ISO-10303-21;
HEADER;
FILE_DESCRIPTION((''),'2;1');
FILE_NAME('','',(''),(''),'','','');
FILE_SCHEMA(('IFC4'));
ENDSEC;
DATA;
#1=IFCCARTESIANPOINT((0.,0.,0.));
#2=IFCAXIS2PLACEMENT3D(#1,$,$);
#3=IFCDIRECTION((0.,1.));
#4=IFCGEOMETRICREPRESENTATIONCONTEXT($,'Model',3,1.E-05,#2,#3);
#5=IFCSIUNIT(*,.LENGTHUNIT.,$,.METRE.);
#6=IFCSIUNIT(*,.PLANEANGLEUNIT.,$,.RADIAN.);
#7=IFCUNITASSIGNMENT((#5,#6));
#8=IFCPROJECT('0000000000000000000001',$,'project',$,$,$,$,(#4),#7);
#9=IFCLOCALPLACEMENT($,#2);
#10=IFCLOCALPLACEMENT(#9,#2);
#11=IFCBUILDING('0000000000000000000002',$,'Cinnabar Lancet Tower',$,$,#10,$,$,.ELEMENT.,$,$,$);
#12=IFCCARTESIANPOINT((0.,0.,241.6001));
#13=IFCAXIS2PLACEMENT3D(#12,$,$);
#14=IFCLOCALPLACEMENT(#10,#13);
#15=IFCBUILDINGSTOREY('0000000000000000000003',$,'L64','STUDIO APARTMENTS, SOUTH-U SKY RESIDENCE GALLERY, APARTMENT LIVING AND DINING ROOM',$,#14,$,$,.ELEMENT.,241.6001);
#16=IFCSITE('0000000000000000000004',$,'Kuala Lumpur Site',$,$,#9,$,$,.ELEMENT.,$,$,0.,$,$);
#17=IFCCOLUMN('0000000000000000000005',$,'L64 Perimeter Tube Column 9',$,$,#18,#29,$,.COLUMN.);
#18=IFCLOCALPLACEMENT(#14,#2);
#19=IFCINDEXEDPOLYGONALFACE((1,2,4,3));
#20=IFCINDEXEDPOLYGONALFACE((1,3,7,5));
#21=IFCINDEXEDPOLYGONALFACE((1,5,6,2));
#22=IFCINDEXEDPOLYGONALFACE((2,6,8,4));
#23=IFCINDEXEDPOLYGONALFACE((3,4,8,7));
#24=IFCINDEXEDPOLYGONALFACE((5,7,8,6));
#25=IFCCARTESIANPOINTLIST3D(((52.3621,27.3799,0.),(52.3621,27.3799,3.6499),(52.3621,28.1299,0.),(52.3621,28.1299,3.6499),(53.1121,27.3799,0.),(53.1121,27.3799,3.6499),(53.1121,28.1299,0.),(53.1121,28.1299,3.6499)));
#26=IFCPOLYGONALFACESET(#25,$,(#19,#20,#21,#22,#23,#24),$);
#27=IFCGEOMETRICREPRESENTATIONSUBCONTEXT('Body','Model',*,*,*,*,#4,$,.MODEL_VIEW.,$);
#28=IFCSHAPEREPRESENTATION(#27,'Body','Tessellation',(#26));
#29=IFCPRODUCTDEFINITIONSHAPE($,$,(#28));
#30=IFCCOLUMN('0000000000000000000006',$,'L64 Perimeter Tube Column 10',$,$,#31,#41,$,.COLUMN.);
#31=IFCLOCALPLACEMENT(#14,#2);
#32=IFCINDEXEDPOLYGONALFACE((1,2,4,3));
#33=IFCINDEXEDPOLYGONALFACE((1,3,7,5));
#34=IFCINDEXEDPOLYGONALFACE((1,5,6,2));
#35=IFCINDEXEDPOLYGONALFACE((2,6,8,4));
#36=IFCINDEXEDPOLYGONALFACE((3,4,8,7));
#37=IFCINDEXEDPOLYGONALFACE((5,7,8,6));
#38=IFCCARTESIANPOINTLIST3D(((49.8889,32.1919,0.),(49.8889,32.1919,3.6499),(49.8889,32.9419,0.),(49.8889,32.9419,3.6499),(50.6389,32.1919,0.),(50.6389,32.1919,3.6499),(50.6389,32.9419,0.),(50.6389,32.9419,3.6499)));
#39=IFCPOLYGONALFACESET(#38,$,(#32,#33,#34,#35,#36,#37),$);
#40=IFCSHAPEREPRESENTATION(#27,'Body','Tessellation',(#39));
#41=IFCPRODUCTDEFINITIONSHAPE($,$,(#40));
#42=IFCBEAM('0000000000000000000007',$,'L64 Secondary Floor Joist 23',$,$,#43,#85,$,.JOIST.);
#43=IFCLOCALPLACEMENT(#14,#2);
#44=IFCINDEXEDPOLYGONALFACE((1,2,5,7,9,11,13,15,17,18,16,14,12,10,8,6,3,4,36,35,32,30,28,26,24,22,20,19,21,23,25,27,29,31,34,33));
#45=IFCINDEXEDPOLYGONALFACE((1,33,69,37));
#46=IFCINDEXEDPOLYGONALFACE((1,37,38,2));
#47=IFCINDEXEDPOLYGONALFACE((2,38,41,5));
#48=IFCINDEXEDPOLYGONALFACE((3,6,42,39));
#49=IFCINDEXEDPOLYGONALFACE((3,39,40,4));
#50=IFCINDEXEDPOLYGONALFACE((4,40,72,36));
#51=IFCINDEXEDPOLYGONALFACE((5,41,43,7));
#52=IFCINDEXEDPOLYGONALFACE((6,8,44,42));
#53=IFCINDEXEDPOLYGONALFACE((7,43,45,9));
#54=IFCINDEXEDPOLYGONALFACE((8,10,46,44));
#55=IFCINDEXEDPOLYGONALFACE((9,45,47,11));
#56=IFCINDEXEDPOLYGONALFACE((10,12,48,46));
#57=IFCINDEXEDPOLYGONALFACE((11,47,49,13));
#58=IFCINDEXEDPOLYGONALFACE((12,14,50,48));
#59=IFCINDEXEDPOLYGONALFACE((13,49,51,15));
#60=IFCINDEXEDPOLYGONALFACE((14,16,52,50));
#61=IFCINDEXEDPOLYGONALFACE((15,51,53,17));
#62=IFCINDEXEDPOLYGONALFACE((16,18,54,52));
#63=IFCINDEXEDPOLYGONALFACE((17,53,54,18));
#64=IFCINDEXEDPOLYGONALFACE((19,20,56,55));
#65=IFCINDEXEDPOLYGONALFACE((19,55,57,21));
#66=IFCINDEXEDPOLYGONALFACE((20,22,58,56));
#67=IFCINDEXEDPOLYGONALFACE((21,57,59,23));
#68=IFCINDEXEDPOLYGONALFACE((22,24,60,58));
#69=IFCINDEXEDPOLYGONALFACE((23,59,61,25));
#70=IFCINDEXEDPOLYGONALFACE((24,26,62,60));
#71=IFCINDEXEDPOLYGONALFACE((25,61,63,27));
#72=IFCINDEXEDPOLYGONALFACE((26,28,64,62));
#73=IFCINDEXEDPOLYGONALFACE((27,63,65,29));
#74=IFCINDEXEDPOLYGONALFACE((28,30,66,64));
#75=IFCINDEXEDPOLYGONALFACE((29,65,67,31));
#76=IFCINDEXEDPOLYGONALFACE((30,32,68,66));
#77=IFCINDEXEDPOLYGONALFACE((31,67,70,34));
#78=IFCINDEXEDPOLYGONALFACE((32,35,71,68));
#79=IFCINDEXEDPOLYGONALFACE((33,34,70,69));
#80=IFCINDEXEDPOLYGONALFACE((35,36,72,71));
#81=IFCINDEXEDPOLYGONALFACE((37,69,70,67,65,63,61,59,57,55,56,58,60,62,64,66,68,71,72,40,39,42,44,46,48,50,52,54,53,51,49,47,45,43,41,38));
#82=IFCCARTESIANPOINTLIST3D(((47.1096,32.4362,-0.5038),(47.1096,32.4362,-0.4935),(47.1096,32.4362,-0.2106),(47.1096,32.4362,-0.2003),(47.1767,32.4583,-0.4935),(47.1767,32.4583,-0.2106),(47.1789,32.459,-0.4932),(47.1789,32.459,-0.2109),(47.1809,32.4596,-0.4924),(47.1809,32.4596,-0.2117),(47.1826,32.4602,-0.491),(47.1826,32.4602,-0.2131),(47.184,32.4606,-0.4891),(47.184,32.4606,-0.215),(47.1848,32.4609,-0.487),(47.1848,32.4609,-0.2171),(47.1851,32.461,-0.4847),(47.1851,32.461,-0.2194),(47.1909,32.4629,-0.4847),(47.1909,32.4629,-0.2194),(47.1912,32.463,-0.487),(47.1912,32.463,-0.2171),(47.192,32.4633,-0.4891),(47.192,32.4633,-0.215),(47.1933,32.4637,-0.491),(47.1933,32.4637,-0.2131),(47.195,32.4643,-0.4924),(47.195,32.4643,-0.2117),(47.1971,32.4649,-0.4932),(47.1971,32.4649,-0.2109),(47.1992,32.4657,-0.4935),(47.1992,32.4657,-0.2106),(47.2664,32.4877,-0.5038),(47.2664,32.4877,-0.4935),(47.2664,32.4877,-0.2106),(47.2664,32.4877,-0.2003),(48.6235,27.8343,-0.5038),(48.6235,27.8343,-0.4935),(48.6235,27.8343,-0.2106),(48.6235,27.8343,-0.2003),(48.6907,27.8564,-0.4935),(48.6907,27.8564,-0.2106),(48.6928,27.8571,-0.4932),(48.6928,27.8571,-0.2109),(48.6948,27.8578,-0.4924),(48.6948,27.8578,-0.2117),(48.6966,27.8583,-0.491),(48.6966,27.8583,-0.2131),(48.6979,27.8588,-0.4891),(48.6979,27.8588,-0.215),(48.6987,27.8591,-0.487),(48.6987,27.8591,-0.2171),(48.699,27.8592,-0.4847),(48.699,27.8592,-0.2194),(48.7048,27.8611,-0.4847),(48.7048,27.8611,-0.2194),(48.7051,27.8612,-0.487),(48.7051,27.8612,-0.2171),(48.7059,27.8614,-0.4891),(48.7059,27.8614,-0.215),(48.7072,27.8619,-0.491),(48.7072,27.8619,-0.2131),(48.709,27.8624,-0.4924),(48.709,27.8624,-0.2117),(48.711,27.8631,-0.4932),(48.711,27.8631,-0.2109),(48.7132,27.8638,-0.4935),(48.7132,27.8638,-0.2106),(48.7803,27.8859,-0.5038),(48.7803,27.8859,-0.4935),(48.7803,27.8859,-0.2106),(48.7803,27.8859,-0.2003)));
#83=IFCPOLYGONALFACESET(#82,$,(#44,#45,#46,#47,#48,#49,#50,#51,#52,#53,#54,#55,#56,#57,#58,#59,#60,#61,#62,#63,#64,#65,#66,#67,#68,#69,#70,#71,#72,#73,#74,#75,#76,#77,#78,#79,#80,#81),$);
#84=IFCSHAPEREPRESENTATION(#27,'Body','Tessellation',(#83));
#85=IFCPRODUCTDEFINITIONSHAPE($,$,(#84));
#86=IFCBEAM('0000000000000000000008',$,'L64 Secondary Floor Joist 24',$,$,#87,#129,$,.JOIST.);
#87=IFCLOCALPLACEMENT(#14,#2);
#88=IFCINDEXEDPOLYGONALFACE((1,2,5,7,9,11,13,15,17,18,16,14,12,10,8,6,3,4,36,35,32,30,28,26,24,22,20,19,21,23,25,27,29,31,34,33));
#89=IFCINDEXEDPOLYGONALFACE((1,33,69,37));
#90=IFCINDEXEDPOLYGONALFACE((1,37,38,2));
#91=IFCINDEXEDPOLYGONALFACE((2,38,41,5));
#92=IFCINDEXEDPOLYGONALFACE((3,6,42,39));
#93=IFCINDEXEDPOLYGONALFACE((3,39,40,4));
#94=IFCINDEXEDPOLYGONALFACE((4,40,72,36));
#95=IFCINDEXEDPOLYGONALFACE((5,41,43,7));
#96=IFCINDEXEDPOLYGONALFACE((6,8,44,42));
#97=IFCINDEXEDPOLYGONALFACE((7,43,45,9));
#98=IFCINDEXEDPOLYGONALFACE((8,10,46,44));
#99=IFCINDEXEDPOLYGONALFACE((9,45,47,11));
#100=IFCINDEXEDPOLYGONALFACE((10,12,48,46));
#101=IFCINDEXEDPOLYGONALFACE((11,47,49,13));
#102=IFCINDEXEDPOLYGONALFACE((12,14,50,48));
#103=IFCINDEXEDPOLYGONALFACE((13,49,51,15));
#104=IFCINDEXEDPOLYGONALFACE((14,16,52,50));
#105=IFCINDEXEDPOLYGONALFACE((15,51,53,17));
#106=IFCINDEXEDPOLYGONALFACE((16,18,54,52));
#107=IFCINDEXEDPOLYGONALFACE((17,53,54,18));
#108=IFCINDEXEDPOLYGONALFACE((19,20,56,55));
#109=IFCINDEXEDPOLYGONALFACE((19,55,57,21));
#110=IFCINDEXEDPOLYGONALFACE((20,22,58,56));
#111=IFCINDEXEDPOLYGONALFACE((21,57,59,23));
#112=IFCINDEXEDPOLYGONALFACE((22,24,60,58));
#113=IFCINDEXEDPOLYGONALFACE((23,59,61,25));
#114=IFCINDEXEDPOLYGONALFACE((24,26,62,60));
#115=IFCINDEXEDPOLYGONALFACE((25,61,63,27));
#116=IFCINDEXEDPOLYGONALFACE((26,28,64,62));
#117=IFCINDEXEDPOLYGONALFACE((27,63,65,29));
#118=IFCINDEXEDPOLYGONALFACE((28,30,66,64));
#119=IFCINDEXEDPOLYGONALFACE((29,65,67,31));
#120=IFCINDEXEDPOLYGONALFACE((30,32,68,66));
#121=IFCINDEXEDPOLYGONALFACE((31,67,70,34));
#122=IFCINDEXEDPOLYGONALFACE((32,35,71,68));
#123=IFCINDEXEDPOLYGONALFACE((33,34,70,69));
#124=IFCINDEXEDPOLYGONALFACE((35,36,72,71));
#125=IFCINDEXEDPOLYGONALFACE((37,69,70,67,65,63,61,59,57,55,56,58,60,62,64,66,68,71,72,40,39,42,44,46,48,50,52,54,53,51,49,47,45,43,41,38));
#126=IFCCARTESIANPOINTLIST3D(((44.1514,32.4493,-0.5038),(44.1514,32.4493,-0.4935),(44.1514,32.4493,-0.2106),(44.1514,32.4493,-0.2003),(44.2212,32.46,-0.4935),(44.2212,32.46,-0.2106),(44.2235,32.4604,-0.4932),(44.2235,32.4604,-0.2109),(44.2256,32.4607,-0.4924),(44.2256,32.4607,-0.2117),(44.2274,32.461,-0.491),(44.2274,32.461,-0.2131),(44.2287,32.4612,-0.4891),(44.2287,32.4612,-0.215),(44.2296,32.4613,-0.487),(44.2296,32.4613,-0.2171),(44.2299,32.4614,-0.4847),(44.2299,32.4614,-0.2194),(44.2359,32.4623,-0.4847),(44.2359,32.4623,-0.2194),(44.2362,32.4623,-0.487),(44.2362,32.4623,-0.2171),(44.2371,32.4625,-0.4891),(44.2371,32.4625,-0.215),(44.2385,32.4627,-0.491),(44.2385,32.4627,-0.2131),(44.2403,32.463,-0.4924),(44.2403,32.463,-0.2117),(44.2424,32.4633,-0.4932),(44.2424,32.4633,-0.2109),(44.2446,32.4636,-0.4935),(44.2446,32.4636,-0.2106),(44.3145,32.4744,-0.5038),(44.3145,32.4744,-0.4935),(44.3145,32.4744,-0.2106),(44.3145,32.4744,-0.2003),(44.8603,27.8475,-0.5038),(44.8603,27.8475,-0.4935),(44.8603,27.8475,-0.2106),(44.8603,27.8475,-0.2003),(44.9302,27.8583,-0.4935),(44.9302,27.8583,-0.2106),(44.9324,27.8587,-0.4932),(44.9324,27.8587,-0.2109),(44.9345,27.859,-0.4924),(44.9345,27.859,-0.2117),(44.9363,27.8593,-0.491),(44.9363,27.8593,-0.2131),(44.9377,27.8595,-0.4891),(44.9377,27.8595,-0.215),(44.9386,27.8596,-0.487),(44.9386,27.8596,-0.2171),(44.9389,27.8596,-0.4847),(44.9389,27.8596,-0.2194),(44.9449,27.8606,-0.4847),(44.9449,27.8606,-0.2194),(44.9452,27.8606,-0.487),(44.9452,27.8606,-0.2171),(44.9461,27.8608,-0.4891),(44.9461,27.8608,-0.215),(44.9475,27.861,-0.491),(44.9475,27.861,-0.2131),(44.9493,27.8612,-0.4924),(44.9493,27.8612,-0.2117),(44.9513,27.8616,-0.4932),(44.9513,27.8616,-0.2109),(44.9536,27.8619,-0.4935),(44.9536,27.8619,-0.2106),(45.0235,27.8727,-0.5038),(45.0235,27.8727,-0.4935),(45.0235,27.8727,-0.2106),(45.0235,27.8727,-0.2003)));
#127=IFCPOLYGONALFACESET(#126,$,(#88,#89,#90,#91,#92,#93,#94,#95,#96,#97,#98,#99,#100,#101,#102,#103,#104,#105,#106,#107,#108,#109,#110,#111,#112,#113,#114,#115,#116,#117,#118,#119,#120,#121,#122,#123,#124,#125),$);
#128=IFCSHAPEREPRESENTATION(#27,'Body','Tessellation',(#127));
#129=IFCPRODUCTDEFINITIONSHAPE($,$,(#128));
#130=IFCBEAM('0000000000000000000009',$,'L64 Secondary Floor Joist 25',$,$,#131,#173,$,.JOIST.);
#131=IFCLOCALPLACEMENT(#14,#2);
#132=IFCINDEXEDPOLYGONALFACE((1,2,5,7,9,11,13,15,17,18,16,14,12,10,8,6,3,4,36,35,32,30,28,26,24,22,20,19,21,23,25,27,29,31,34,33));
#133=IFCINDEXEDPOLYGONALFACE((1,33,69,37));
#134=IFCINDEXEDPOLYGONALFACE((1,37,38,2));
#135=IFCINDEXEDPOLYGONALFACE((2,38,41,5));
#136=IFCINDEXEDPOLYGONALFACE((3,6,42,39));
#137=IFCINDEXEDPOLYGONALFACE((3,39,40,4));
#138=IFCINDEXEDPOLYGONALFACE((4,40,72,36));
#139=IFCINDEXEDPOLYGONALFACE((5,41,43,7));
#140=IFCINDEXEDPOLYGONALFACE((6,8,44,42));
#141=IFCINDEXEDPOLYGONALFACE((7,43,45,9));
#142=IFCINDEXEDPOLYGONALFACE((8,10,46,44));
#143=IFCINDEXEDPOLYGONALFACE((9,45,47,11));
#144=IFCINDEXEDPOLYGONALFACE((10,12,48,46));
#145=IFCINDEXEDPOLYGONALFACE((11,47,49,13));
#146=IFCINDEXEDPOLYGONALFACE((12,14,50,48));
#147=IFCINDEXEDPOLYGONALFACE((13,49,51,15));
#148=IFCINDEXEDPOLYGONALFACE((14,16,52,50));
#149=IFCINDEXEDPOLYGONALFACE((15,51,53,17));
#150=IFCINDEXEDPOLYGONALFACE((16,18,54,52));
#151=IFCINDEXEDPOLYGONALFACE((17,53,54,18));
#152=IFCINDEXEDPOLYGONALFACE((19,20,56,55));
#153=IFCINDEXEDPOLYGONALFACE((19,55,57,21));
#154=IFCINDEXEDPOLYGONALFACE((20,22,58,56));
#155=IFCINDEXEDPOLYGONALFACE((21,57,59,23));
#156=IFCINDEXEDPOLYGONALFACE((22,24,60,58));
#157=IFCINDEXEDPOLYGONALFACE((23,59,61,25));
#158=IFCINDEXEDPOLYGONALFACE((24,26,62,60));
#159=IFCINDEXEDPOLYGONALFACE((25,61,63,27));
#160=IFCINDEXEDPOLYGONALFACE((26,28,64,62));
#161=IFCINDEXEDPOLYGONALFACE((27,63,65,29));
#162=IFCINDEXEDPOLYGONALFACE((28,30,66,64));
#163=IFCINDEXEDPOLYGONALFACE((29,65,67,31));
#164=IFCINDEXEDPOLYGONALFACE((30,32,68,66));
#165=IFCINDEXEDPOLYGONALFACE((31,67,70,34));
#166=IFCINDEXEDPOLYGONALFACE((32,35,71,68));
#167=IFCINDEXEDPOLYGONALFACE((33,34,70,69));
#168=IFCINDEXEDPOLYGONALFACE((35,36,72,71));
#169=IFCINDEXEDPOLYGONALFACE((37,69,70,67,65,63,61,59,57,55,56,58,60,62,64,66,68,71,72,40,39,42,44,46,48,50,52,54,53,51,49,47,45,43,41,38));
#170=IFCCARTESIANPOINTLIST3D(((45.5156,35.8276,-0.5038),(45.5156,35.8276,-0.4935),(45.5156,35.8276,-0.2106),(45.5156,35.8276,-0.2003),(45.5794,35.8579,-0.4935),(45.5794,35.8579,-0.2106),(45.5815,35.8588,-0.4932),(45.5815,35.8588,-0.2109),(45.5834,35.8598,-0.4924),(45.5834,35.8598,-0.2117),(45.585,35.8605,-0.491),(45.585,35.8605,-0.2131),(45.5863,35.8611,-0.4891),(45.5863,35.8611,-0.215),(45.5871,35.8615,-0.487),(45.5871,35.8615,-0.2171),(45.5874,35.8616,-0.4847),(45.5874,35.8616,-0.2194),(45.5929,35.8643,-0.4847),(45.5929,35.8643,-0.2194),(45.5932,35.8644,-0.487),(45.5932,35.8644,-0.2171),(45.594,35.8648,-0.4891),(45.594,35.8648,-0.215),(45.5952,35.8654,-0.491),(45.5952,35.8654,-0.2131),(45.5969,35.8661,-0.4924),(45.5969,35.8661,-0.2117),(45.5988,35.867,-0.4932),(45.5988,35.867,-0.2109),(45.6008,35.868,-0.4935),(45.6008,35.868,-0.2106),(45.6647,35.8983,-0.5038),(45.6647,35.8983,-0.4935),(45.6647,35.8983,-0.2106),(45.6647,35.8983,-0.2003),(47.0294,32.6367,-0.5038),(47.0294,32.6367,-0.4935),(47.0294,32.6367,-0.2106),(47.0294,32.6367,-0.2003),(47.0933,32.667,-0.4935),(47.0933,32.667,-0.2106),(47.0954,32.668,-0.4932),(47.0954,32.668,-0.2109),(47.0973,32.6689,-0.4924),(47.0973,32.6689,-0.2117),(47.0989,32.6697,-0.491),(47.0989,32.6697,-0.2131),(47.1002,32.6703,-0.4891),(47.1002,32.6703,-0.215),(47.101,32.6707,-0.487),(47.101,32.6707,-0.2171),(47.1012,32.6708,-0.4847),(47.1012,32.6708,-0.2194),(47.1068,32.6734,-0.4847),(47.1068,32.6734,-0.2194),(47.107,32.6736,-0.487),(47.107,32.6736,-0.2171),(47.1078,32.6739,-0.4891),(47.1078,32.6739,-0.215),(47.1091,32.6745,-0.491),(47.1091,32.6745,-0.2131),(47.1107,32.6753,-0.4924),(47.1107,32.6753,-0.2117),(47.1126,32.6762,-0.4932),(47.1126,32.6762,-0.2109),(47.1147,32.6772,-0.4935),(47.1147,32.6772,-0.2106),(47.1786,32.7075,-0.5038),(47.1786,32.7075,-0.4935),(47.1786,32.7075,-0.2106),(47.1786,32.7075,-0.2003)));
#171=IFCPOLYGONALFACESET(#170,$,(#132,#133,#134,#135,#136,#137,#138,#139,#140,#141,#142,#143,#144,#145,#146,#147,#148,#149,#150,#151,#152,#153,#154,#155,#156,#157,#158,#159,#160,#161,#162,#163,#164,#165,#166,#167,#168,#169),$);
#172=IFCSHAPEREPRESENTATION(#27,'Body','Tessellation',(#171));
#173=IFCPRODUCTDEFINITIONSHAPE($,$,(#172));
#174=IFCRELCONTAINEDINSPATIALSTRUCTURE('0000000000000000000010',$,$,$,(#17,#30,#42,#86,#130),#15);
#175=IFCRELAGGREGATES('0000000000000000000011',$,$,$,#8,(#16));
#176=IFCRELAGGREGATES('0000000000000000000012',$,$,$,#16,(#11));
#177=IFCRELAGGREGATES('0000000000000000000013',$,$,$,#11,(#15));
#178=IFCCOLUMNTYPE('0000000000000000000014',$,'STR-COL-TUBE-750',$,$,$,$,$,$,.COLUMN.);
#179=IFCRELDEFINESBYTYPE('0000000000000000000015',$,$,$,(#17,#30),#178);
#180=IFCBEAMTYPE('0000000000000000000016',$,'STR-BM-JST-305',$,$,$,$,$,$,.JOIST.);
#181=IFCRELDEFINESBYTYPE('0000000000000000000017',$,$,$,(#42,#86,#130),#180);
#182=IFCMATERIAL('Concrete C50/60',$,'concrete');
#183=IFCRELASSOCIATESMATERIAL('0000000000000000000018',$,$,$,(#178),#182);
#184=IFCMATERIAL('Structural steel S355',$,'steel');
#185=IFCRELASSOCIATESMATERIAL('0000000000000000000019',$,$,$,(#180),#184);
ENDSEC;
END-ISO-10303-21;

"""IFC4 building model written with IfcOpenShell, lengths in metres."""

from ifc_helpers import new_model, si_unit, direction, frame, origin, origin_2d, place, context, subcontext, project, spatial, rectangle, i_section, extrude, material, material_profile, profile_set, type_object, element, save


model = new_model("IFC4")

# Units and contexts
model_context = context("Model", 3, precision=1e-05, world=origin(), true_north=direction((0.0, 1.0)))
body_context = subcontext(model_context, "Body", "Model", "MODEL_VIEW")
ifc_project = project(units=[si_unit("LENGTHUNIT", "METRE"), si_unit("PLANEANGLEUNIT", "RADIAN")], contexts=[model_context])

# Site, building, storey
site_placement = place(None, origin())
site = spatial("IfcSite", under=ifc_project, at=site_placement, Name="Kuala Lumpur Site", CompositionType="ELEMENT", RefElevation=0.0)
building_placement = place(site_placement, origin())
building = spatial("IfcBuilding", under=site, at=building_placement, Name="Cinnabar Lancet Tower", CompositionType="ELEMENT")
storey_placement = place(building_placement, frame((0.0, 0.0, 241.6001)))
storey = spatial("IfcBuildingStorey", under=building, at=storey_placement, Name="L64", Description="STUDIO APARTMENTS, SOUTH-U SKY RESIDENCE GALLERY, APARTMENT LIVING AND DINING ROOM", CompositionType="ELEMENT", Elevation=241.6001)

# Columns
ifc_material_1 = material(Name="Concrete C50/60", Category="concrete")
ifc_material_profile_1 = material_profile(ifc_material_1, rectangle(XDim=0.75, YDim=0.75, at=origin_2d()), Name="RC-COL 750x750")
ifc_profile_set_1 = profile_set([ifc_material_profile_1], Name="Concrete C50/60")
column_type = type_object("IfcColumnType", Name="STR-COL-TUBE-750", PredefinedType="COLUMN", material=ifc_profile_set_1)
for number, where, z_axis, x_axis, name in (
    (1, (52.7371, 27.7549, 0.0), (0.0, 0.0, 1.0), (1.0, 0.0, 0.0), "L64 Perimeter Tube Column 9"),
    (2, (50.2639, 32.5669, 0.0), (0.0, 0.0, 1.0), (1.0, 0.0, 0.0), "L64 Perimeter Tube Column 10"),
):
    element("IfcColumn", number, at=place(storey_placement, frame(where, z_axis=z_axis, x_axis=x_axis)), inside=storey, type_object=column_type, Name=name, PredefinedType="COLUMN", context=body_context, shape_type="SweptSolid", body=[
        extrude(rectangle(XDim=0.75, YDim=0.75, at=origin_2d()), origin(), (0.0, 0.0, 1.0), 3.6499),
    ])

# Beams
ifc_material_2 = material(Name="Structural steel S355", Category="steel")
ifc_material_profile_2 = material_profile(ifc_material_2, i_section(OverallWidth=0.165, OverallDepth=0.3035, WebThickness=0.0061, FlangeThickness=0.0103, FilletRadius=0.0088, at=origin_2d()), Name="UKB 305x165x40")
ifc_profile_set_2 = profile_set([ifc_material_profile_2], Name="Structural steel S355")
beam_type_1 = type_object("IfcBeamType", Name="STR-BM-JST-305", PredefinedType="JOIST", material=ifc_profile_set_2)
beam_1_placement = place(storey_placement, frame((48.7019, 27.8601, -0.3521), z_axis=(-0.312506, 0.949916, 0.0), x_axis=(-0.949916, -0.312506, 0.0)))
element("IfcBeam", 3, at=beam_1_placement, inside=storey, type_object=beam_type_1, Name="L64 Secondary Floor Joist 23", PredefinedType="JOIST", context=body_context, shape_type="SweptSolid", body=[
    extrude(i_section(OverallWidth=0.165, OverallDepth=0.3035, WebThickness=0.0061, FlangeThickness=0.0103, FilletRadius=0.0088, at=origin_2d()), origin(), (0.0, 0.0, 1.0), 4.8445),
])
beam_2_placement = place(storey_placement, frame((44.9419, 27.8601, -0.3521), z_axis=(-0.15227, 0.988339, 0.0), x_axis=(-0.988339, -0.15227, 0.0)))
element("IfcBeam", 4, at=beam_2_placement, inside=storey, type_object=beam_type_1, Name="L64 Secondary Floor Joist 24", PredefinedType="JOIST", context=body_context, shape_type="SweptSolid", body=[
    extrude(i_section(OverallWidth=0.165, OverallDepth=0.3035, WebThickness=0.0061, FlangeThickness=0.0103, FilletRadius=0.0088, at=origin_2d()), origin(), (0.0, 0.0, 1.0), 4.656),
])
beam_3_placement = place(storey_placement, frame((47.104, 32.6721, -0.3521), z_axis=(-0.428648, 0.903472, 0.0), x_axis=(-0.903472, -0.428648, 0.0)))
element("IfcBeam", 5, at=beam_3_placement, inside=storey, type_object=beam_type_1, Name="L64 Secondary Floor Joist 25", PredefinedType="JOIST", context=body_context, shape_type="SweptSolid", body=[
    extrude(i_section(OverallWidth=0.165, OverallDepth=0.3035, WebThickness=0.0061, FlangeThickness=0.0103, FilletRadius=0.0088, at=origin_2d()), origin(), (0.0, 0.0, 1.0), 3.5317),
])

save(model, "model.ifc")
